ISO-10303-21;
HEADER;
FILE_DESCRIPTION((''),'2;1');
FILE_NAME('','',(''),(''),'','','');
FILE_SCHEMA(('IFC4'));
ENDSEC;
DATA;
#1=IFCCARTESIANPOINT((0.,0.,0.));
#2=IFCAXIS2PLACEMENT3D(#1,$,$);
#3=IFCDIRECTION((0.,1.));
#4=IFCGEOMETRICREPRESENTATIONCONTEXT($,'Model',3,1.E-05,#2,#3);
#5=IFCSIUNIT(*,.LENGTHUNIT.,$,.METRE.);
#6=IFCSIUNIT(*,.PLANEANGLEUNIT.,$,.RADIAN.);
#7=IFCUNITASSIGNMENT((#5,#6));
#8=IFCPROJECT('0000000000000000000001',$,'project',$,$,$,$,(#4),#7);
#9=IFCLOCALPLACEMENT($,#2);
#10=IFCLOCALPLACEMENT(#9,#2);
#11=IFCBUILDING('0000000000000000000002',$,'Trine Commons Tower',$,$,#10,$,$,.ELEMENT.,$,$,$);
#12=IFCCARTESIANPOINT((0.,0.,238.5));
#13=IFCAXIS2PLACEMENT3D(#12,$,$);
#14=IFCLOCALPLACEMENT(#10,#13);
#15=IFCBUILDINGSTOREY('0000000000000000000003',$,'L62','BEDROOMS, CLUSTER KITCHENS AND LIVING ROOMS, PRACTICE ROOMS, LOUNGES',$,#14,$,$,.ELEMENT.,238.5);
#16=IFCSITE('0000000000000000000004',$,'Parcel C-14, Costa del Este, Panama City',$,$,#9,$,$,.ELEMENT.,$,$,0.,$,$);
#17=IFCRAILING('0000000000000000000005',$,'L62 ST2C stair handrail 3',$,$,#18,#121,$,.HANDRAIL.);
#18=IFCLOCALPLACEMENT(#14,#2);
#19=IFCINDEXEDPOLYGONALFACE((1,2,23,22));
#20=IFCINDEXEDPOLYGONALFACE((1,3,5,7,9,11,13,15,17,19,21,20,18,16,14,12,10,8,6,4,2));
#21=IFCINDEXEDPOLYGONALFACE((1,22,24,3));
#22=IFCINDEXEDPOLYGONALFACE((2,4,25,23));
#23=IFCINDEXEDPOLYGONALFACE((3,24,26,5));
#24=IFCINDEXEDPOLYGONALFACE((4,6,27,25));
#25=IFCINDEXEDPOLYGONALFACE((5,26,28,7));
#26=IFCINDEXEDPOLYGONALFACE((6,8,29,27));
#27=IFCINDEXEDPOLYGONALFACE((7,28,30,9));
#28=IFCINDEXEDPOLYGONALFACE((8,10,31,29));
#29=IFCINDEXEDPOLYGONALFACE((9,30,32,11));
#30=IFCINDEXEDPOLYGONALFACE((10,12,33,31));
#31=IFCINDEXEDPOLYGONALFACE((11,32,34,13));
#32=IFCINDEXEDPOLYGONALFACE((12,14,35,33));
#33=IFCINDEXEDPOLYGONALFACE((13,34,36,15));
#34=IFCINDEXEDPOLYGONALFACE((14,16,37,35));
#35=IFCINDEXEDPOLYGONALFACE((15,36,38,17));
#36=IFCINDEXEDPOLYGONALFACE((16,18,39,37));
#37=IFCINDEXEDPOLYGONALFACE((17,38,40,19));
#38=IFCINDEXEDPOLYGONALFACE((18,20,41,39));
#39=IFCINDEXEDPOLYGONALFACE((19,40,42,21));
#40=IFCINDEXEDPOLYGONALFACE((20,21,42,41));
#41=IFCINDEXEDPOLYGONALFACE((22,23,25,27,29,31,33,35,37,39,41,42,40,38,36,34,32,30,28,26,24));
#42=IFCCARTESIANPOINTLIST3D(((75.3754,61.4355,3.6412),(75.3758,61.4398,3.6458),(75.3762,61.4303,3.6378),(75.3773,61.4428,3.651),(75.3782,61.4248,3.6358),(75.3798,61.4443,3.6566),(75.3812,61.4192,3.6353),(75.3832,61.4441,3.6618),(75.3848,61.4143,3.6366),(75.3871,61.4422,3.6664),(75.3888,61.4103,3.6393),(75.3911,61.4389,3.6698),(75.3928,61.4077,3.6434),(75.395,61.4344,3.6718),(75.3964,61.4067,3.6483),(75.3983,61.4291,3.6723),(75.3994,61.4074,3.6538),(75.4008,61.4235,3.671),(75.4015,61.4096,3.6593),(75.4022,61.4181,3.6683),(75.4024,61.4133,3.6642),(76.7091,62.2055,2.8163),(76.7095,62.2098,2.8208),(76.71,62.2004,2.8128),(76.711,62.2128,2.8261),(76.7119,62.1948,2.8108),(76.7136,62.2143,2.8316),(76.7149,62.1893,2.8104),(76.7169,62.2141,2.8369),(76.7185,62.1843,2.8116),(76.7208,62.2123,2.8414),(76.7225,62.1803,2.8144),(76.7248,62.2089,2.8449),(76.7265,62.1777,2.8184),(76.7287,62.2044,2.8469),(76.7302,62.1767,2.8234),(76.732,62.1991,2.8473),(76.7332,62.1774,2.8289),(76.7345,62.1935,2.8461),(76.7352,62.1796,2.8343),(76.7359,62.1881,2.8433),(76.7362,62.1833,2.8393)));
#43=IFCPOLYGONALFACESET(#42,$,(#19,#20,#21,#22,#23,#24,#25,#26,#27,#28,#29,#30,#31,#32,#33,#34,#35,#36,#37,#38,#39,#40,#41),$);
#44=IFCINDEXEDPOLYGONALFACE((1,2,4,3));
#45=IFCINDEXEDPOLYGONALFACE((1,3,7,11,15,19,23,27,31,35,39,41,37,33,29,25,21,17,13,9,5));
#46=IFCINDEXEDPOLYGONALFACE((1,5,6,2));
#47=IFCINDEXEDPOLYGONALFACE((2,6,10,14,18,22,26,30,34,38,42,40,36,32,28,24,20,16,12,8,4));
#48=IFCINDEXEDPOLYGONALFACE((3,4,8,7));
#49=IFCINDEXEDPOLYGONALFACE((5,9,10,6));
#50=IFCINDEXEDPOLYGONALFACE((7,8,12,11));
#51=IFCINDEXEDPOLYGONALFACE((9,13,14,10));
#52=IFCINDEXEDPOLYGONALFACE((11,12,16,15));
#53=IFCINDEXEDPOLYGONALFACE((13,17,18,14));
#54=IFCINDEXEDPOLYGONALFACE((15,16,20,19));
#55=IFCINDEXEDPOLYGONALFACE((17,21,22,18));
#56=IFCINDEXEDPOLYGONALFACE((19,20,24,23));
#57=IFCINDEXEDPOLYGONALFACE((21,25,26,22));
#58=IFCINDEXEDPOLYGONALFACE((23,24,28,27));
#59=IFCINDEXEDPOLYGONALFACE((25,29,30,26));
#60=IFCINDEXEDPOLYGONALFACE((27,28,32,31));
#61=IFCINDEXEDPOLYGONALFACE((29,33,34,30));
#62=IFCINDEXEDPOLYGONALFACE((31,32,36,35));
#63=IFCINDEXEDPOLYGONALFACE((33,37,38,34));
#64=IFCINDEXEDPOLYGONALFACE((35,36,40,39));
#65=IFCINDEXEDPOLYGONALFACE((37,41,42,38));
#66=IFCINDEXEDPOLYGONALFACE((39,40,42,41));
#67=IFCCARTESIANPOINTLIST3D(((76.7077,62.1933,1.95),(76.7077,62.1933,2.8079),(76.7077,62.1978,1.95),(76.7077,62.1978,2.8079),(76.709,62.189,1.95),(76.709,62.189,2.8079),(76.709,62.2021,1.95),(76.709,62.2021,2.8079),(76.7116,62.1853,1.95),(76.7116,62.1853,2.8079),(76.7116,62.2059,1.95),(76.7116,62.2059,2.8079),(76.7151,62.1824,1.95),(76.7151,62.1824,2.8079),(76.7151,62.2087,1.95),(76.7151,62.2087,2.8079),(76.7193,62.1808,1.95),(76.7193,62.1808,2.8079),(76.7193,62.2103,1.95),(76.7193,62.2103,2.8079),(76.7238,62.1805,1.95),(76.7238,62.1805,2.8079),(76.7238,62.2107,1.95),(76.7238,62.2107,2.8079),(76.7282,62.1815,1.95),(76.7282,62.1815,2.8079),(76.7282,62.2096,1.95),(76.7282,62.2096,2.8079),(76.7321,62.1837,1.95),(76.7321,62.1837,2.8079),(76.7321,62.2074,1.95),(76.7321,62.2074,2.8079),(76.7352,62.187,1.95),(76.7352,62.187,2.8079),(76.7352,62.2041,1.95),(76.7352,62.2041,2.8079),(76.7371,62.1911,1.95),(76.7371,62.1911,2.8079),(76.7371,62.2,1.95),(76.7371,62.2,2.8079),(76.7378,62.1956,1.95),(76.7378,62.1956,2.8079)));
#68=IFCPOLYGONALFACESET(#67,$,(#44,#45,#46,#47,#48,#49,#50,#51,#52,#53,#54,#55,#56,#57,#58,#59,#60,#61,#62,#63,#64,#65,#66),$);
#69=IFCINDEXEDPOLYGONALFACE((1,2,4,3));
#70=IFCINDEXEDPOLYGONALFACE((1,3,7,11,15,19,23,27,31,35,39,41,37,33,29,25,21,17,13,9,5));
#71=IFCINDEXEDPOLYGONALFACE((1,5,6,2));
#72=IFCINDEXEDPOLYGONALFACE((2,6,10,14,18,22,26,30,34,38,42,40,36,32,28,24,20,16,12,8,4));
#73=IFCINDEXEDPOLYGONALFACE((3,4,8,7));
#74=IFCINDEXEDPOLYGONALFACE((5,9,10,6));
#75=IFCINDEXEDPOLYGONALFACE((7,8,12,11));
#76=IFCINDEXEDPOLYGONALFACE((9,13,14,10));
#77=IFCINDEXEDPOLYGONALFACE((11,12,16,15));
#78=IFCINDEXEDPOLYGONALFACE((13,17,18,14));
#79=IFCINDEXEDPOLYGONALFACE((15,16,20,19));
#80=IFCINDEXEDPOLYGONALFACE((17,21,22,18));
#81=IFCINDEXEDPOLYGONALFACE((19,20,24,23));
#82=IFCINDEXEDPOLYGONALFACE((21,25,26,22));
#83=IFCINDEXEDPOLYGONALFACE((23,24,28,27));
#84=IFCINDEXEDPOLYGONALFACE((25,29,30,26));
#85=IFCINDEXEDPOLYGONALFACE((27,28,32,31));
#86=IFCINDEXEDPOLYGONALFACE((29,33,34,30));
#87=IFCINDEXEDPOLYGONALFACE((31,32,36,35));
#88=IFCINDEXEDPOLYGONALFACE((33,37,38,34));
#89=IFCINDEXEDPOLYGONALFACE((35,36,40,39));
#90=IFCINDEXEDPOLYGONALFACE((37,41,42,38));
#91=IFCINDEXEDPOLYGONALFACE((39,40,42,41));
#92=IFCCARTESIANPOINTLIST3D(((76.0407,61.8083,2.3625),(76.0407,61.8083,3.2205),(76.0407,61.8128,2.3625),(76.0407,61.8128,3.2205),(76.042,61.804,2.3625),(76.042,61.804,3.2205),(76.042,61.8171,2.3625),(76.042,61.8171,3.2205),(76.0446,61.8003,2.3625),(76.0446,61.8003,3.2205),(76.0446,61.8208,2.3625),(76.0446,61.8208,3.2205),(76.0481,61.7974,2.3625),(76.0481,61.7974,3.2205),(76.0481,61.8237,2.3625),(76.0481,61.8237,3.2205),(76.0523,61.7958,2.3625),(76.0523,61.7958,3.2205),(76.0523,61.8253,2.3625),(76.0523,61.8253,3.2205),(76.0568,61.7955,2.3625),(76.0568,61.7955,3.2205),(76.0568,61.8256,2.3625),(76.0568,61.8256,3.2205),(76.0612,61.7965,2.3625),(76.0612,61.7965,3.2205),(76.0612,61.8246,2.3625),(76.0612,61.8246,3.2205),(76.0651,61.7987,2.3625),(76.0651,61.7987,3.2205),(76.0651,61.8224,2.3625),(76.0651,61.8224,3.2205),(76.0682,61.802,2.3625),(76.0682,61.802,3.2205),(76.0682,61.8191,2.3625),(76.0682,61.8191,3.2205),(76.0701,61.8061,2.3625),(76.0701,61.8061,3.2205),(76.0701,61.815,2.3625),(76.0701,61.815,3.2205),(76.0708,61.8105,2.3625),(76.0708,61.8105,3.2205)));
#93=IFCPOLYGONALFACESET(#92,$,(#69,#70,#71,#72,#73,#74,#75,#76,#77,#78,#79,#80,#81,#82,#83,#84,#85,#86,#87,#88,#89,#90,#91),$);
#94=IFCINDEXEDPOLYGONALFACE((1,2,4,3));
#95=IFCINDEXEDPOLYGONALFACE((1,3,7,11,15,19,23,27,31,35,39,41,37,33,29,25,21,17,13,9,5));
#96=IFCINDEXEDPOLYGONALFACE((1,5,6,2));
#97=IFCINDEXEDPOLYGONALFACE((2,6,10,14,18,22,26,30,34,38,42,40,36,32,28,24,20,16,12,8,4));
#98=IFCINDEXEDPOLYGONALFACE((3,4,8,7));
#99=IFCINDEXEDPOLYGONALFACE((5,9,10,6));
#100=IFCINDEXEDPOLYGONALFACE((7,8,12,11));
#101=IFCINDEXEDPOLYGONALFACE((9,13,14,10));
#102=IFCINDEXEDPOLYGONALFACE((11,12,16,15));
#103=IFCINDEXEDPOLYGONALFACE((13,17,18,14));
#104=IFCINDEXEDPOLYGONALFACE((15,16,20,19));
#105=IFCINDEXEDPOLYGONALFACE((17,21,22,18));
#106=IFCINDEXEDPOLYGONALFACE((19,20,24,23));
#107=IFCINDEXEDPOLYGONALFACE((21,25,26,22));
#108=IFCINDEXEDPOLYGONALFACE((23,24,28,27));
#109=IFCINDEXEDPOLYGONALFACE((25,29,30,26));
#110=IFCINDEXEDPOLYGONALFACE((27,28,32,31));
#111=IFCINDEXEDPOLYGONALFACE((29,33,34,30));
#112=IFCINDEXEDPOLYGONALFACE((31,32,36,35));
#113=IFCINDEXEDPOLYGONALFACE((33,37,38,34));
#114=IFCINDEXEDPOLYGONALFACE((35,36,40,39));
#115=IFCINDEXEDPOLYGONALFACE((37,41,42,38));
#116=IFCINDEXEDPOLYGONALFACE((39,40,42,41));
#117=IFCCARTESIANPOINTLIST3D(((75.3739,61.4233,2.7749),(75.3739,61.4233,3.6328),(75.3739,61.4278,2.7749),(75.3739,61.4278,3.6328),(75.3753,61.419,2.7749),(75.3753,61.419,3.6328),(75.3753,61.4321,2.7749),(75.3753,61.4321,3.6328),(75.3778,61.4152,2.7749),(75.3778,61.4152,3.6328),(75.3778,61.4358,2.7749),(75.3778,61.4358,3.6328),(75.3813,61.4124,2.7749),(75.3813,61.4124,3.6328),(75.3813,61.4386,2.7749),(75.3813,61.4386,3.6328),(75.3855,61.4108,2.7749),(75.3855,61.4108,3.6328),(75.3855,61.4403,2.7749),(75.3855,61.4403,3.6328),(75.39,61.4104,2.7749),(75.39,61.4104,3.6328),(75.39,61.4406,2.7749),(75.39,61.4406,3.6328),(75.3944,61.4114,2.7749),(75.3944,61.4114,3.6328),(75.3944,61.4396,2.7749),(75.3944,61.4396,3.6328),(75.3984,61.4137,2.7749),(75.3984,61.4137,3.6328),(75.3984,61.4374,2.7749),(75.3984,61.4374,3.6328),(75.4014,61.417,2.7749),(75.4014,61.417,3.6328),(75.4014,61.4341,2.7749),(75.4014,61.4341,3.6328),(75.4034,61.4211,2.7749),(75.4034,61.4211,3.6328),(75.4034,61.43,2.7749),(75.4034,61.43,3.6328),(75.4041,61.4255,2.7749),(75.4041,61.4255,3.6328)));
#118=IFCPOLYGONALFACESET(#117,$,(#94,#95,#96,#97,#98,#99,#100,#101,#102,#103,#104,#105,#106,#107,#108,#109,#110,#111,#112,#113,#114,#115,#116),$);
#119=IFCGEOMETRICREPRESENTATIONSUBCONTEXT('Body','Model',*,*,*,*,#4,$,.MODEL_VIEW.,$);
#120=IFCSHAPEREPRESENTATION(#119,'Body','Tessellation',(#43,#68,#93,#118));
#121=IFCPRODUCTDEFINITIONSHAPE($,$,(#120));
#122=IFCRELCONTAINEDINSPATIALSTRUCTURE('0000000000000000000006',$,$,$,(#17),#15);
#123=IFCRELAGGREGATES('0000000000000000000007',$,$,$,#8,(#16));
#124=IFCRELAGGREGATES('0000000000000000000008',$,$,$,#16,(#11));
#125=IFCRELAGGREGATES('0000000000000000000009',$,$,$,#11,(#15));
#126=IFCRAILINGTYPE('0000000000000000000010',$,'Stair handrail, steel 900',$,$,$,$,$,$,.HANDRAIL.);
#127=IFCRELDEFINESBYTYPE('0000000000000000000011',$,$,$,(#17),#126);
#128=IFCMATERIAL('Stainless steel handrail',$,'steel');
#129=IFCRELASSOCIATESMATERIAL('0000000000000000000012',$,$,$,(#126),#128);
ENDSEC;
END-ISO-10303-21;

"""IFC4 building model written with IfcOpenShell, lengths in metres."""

from ifc_helpers import new_model, si_unit, direction, frame, origin, origin_2d, place, context, subcontext, project, spatial, circle, extrude, material, type_object, element, save


model = new_model("IFC4")

# Units and contexts
model_context = context("Model", 3, precision=1e-05, world=origin(), true_north=direction((0.0, 1.0)))
body_context = subcontext(model_context, "Body", "Model", "MODEL_VIEW")
ifc_project = project(units=[si_unit("LENGTHUNIT", "METRE"), si_unit("PLANEANGLEUNIT", "RADIAN")], contexts=[model_context])

# Site, building, storey
site_placement = place(None, origin())
site = spatial("IfcSite", under=ifc_project, at=site_placement, Name="Parcel C-14, Costa del Este, Panama City", CompositionType="ELEMENT", RefElevation=0.0)
building_placement = place(site_placement, origin())
building = spatial("IfcBuilding", under=site, at=building_placement, Name="Trine Commons Tower", CompositionType="ELEMENT")
storey_placement = place(building_placement, frame((0.0, 0.0, 238.5)))
storey = spatial("IfcBuildingStorey", under=building, at=storey_placement, Name="L62", Description="BEDROOMS, CLUSTER KITCHENS AND LIVING ROOMS, PRACTICE ROOMS, LOUNGES", CompositionType="ELEMENT", Elevation=238.5)

# Railing
ifc_material_1 = material(Name="Stainless steel handrail", Category="steel")
railing_type_1 = type_object("IfcRailingType", Name="Stair handrail, steel 900", PredefinedType="HANDRAIL", material=ifc_material_1)
railing_1_placement = place(storey_placement, frame((76.7227, 62.1956, 1.95)))
element("IfcRailing", 1, at=railing_1_placement, inside=storey, type_object=railing_type_1, Name="L62 ST2C stair handrail 3", PredefinedType="HANDRAIL", context=body_context, shape_type="SweptSolid", body=[
    extrude(circle(Radius=0.021, at=origin_2d()), frame((0.0, 0.0, 0.8789), z_axis=(-0.763405, -0.440743, 0.472185), x_axis=(0.499992, -0.86603, 0.0)), (0.0, 0.0, 1.0), 1.7471),
    extrude(circle(Radius=0.0151, at=origin_2d()), origin(), (0.0, 0.0, 1.0), 0.8579),
    extrude(circle(Radius=0.0151, at=origin_2d()), frame((-0.667, -0.385, 0.4126)), (0.0, 0.0, 1.0), 0.8579),
    extrude(circle(Radius=0.0151, at=origin_2d()), frame((-1.3337, -0.77, 0.825)), (0.0, 0.0, 1.0), 0.8579),
])

save(model, "model.ifc")
